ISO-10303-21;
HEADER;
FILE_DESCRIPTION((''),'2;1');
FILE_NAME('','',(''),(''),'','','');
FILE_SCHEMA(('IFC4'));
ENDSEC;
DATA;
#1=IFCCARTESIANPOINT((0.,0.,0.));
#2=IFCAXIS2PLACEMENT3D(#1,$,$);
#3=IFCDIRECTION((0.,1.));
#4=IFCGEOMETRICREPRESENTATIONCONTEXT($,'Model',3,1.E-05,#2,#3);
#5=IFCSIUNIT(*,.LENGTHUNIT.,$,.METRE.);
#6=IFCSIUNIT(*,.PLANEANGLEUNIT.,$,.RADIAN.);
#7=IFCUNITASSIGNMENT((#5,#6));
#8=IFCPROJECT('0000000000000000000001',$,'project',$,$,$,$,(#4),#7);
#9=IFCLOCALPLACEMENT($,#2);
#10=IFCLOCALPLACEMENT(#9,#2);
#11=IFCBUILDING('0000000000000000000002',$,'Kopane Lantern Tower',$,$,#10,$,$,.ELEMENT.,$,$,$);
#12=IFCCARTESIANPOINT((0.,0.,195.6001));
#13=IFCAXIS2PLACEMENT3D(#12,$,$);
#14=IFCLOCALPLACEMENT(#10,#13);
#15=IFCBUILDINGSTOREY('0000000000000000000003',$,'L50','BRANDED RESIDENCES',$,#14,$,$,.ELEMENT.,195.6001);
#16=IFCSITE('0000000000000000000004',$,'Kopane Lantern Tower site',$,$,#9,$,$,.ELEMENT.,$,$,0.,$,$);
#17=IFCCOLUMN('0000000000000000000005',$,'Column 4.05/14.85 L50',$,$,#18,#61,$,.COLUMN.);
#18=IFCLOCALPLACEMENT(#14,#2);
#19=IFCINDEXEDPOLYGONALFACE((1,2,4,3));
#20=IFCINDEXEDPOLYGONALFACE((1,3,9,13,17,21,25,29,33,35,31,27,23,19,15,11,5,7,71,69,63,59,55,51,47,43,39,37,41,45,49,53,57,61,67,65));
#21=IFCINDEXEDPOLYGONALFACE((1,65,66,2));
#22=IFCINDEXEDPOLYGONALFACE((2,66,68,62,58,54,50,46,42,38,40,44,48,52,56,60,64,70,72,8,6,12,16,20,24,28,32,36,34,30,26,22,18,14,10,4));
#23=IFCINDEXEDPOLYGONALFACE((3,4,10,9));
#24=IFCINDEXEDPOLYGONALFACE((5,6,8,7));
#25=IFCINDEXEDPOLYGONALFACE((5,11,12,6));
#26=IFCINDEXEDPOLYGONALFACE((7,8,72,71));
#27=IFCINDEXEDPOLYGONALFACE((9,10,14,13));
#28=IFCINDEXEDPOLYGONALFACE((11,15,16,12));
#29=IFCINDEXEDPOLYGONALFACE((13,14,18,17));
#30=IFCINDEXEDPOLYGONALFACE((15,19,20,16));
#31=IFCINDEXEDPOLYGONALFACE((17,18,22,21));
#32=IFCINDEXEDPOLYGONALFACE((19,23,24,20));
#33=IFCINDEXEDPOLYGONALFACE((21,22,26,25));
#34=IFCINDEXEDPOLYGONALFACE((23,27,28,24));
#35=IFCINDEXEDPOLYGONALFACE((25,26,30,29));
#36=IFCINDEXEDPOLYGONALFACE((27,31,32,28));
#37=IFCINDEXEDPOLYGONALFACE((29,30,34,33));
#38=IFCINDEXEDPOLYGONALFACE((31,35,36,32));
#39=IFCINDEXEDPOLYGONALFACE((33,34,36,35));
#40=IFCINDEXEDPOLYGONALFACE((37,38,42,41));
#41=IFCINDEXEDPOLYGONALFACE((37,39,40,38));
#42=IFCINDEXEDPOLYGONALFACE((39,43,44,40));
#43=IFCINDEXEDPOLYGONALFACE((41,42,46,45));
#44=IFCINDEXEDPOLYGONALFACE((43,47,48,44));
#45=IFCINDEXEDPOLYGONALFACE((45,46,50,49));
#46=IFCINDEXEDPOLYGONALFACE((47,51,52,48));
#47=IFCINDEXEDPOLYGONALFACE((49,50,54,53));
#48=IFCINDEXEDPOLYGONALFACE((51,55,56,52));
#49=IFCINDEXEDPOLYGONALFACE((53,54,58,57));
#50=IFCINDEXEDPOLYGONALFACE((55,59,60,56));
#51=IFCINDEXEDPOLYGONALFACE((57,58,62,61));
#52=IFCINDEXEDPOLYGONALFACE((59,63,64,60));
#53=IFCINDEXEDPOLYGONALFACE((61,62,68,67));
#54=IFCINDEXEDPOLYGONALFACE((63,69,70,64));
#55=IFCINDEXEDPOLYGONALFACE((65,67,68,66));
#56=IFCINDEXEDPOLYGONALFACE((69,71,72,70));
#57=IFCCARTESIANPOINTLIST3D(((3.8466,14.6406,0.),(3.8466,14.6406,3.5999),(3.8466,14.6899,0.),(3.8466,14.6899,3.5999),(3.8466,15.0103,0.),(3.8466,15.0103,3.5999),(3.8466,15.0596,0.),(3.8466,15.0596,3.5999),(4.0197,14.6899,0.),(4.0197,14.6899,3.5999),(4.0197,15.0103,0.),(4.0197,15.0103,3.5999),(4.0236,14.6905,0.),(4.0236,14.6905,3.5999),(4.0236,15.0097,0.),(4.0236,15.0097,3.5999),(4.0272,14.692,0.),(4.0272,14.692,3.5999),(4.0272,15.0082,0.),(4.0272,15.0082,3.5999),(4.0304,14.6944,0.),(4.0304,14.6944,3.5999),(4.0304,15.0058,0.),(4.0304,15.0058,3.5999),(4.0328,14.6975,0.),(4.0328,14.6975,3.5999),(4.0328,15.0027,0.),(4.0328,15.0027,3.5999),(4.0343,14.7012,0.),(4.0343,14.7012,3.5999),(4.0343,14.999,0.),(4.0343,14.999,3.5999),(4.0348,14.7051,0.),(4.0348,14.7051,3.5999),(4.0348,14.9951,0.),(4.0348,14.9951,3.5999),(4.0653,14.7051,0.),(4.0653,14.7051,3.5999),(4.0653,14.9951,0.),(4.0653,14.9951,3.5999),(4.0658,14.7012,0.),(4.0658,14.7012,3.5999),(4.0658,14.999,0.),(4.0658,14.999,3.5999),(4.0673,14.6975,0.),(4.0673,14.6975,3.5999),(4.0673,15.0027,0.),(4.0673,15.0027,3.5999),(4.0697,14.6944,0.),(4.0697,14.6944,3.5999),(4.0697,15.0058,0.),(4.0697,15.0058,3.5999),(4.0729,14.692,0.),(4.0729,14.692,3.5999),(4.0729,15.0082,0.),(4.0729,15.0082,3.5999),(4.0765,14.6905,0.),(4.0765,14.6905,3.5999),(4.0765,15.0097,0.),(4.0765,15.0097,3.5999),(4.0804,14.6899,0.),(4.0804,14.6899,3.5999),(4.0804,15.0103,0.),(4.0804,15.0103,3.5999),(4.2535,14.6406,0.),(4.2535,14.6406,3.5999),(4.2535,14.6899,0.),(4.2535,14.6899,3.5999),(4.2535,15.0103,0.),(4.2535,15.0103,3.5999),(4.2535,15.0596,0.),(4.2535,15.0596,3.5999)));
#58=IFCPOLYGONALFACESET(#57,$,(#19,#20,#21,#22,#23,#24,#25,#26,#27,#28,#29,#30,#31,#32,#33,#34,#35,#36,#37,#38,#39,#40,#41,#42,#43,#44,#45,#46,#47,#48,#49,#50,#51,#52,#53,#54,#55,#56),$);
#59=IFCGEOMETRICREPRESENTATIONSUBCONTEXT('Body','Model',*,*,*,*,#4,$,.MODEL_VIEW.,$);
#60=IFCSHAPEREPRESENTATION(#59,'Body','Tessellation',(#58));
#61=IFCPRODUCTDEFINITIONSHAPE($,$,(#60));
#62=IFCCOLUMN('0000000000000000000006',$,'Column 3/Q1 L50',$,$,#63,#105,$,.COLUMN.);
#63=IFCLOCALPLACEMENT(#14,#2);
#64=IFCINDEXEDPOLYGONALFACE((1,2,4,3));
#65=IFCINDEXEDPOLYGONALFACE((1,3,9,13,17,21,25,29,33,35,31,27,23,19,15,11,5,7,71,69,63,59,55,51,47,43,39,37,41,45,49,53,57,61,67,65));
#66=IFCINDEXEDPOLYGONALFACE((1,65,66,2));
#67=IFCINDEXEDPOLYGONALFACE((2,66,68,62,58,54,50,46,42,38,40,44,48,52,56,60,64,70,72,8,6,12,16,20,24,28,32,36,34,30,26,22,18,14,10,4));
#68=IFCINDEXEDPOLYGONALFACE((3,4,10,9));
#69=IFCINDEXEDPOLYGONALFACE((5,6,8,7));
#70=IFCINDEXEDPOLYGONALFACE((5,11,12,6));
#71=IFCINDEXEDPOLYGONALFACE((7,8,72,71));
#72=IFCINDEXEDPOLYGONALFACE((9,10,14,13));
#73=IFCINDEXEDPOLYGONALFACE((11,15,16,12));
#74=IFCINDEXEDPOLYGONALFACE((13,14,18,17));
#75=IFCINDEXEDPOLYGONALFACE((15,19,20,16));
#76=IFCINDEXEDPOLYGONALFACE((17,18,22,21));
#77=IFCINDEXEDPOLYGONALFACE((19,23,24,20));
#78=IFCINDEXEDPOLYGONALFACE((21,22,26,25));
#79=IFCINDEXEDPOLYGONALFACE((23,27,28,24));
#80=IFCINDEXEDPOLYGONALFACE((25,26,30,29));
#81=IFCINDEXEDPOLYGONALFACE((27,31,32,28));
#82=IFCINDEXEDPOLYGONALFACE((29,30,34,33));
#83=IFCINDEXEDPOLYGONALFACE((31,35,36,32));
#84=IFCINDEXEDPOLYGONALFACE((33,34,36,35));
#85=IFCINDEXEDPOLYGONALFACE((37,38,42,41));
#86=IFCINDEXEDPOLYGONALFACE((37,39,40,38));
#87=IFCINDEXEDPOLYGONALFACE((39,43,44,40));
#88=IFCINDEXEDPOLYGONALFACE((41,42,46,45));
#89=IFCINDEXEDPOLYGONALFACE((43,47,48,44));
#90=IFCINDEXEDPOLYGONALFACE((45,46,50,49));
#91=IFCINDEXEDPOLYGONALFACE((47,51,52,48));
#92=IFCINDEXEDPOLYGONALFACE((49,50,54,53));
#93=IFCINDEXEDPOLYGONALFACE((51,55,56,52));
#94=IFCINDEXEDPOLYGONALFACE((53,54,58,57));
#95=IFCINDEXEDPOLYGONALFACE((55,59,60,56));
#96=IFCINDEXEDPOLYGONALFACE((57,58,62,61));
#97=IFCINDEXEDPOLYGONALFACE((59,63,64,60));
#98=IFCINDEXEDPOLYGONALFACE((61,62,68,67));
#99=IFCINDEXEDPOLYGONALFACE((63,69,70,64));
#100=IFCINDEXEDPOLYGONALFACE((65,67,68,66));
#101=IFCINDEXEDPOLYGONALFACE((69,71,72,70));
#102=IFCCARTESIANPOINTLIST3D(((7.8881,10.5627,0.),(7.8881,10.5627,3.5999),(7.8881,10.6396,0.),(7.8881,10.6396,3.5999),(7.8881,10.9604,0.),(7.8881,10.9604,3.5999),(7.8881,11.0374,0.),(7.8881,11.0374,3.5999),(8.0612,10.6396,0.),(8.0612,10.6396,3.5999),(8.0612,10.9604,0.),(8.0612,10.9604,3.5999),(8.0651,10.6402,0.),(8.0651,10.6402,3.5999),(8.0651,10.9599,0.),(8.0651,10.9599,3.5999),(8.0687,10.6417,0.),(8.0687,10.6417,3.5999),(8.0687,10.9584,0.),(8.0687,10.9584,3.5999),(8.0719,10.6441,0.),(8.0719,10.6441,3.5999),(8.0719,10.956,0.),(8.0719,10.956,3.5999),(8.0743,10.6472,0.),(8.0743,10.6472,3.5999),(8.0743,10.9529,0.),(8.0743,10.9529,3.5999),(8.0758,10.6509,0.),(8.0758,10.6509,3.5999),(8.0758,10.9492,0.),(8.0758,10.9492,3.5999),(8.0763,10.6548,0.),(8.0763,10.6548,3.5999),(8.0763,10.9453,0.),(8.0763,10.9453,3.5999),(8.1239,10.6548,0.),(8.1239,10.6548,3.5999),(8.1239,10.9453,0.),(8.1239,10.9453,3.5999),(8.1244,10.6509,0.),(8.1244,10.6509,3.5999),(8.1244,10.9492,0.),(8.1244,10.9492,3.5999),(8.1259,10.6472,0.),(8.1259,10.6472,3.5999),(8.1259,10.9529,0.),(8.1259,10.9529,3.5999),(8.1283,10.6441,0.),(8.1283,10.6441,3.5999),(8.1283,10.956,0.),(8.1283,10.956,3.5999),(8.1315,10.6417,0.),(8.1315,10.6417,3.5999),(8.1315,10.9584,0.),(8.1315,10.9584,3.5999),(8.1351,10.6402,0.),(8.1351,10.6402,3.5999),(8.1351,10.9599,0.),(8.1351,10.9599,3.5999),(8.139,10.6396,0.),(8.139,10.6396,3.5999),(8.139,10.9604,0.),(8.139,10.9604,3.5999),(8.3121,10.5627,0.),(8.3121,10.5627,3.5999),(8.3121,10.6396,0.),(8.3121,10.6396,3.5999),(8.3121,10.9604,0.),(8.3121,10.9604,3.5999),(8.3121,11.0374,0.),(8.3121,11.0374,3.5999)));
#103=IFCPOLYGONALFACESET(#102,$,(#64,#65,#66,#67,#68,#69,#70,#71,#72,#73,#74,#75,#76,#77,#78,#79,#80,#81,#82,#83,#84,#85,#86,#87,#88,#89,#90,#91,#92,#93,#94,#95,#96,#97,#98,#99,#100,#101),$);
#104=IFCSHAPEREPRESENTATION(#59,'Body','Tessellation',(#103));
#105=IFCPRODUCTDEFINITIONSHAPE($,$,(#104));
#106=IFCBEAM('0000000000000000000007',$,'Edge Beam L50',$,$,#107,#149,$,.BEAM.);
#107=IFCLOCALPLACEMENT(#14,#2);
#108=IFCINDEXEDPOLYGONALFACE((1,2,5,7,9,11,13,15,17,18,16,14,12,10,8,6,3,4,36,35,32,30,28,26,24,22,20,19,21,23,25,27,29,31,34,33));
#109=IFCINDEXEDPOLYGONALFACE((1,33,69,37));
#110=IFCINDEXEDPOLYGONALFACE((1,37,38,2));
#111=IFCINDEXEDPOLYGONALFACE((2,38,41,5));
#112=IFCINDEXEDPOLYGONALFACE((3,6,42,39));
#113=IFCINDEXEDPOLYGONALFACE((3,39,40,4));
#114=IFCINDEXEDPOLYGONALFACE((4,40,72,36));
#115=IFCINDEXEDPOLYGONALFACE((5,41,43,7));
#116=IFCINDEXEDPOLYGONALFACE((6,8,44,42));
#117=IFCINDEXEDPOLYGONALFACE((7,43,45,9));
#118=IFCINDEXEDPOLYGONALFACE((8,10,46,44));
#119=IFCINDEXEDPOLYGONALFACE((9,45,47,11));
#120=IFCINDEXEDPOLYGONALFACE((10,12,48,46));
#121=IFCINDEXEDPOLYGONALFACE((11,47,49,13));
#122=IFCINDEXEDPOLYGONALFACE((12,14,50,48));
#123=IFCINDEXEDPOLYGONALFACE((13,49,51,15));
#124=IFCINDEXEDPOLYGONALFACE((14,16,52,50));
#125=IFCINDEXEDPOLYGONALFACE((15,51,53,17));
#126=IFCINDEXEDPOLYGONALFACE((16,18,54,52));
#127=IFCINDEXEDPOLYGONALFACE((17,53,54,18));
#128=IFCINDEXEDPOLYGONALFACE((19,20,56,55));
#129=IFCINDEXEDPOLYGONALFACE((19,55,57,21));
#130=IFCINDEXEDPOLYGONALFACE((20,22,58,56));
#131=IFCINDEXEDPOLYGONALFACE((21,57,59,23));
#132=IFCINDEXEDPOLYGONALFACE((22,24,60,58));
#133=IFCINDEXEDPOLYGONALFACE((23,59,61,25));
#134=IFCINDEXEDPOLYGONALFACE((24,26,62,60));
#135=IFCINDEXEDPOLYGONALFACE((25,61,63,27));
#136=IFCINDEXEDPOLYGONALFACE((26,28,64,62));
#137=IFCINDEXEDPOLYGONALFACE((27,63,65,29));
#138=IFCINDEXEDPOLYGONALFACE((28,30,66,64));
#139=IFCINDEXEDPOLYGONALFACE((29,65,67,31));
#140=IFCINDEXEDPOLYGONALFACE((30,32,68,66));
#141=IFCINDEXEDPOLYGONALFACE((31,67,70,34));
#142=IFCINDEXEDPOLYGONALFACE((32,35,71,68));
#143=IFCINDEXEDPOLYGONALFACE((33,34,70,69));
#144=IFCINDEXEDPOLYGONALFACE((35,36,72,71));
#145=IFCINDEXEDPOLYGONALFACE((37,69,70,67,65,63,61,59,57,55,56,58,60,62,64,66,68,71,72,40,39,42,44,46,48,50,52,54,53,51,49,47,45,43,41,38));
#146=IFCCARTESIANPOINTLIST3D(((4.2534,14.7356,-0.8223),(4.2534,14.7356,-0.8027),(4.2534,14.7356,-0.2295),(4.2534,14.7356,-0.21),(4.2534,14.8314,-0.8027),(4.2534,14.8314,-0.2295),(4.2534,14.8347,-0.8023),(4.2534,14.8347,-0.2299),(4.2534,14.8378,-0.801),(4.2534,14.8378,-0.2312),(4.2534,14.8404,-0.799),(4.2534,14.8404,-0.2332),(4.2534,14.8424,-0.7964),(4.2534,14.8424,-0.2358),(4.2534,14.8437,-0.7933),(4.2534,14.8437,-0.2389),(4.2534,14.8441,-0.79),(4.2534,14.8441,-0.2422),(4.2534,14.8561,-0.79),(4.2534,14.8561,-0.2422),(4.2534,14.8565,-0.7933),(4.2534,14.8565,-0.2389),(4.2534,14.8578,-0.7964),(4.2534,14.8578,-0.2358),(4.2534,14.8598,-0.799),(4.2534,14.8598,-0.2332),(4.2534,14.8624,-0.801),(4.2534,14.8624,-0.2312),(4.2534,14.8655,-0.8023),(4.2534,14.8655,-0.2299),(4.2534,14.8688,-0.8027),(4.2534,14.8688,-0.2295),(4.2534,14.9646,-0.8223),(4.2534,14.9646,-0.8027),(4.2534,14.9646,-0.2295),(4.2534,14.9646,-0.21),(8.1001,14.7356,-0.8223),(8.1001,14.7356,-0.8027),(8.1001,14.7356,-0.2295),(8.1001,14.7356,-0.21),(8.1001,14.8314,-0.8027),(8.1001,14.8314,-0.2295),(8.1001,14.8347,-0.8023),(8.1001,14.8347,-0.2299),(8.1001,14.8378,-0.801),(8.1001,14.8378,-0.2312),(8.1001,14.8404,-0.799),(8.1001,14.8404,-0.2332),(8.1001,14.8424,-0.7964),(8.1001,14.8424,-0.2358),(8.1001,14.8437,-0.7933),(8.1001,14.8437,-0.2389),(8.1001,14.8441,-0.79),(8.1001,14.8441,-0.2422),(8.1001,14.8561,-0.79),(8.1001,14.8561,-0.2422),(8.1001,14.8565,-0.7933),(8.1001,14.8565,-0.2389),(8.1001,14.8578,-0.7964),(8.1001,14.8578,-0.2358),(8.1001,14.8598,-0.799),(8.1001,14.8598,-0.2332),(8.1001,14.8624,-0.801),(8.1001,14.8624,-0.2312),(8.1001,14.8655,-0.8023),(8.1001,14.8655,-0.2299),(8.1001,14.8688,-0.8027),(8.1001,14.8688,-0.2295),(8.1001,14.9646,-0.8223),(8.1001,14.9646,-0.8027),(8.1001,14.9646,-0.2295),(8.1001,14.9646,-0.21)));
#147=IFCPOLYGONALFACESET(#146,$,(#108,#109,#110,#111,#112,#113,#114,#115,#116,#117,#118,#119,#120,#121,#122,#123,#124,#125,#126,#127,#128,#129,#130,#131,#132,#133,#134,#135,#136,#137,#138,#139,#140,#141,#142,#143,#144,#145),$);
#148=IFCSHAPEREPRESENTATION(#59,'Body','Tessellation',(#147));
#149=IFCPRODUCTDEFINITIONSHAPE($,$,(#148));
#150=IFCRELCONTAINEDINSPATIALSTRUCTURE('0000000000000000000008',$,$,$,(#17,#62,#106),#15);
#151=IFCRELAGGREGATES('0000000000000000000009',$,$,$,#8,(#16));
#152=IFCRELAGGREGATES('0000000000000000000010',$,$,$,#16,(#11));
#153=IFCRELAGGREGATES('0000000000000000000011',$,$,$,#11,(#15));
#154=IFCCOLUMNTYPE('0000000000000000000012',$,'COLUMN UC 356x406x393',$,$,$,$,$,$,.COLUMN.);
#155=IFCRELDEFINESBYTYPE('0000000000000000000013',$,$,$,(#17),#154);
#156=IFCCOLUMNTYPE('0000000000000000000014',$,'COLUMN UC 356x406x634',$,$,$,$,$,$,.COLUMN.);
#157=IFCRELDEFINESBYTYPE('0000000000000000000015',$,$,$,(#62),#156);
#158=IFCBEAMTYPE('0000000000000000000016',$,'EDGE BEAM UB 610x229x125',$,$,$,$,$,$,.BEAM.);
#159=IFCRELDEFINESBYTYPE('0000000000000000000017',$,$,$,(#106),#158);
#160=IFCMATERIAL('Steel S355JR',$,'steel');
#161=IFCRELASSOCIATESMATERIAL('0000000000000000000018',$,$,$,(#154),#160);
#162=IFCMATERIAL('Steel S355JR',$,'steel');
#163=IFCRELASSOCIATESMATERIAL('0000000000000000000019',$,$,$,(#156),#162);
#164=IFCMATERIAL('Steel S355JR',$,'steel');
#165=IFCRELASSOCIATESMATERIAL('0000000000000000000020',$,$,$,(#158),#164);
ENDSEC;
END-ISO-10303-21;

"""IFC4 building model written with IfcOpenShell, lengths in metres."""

from ifc_helpers import new_model, si_unit, direction, frame, origin, origin_2d, place, context, subcontext, project, spatial, i_section, extrude, material, material_profile, profile_set, type_object, element, save


model = new_model("IFC4")

# Units and contexts
model_context = context("Model", 3, precision=1e-05, world=origin(), true_north=direction((0.0, 1.0)))
body_context = subcontext(model_context, "Body", "Model", "MODEL_VIEW")
ifc_project = project(units=[si_unit("LENGTHUNIT", "METRE"), si_unit("PLANEANGLEUNIT", "RADIAN")], contexts=[model_context])

# Site, building, storey
site_placement = place(None, origin())
site = spatial("IfcSite", under=ifc_project, at=site_placement, Name="Kopane Lantern Tower site", CompositionType="ELEMENT", RefElevation=0.0)
building_placement = place(site_placement, origin())
building = spatial("IfcBuilding", under=site, at=building_placement, Name="Kopane Lantern Tower", CompositionType="ELEMENT")
storey_placement = place(building_placement, frame((0.0, 0.0, 195.6001)))
storey = spatial("IfcBuildingStorey", under=building, at=storey_placement, Name="L50", Description="BRANDED RESIDENCES", CompositionType="ELEMENT", Elevation=195.6001)

# Columns
ifc_material_1 = material(Name="Steel S355JR", Category="steel")
ifc_material_profile_1 = material_profile(ifc_material_1, i_section(OverallWidth=0.407, OverallDepth=0.4189, WebThickness=0.0305, FlangeThickness=0.0493, FilletRadius=0.0151, at=origin_2d()), Name="UC 356x406x393")
ifc_profile_set_1 = profile_set([ifc_material_profile_1], Name="Steel S355JR")
column_type_1 = type_object("IfcColumnType", Name="COLUMN UC 356x406x393", PredefinedType="COLUMN", material=ifc_profile_set_1)
column_1_placement = place(storey_placement, frame((4.05, 14.8501, 0.0), z_axis=(0.0, 0.0, 1.0), x_axis=(1.0, 0.0, 0.0)))
element("IfcColumn", 1, at=column_1_placement, inside=storey, type_object=column_type_1, Name="Column 4.05/14.85 L50", PredefinedType="COLUMN", context=body_context, shape_type="SweptSolid", body=[
    extrude(i_section(OverallWidth=0.407, OverallDepth=0.4189, WebThickness=0.0305, FlangeThickness=0.0493, FilletRadius=0.0151, at=origin_2d()), origin(), (0.0, 0.0, 1.0), 3.5999),
])
ifc_material_2 = material(Name="Steel S355JR", Category="steel")
ifc_material_profile_2 = material_profile(ifc_material_2, i_section(OverallWidth=0.4241, OverallDepth=0.4746, WebThickness=0.0476, FlangeThickness=0.0769, FilletRadius=0.0151, at=origin_2d()), Name="UC 356x406x634")
ifc_profile_set_2 = profile_set([ifc_material_profile_2], Name="Steel S355JR")
column_type_2 = type_object("IfcColumnType", Name="COLUMN UC 356x406x634", PredefinedType="COLUMN", material=ifc_profile_set_2)
column_2_placement = place(storey_placement, frame((8.1001, 10.8, 0.0), z_axis=(0.0, 0.0, 1.0), x_axis=(1.0, 0.0, 0.0)))
element("IfcColumn", 2, at=column_2_placement, inside=storey, type_object=column_type_2, Name="Column 3/Q1 L50", PredefinedType="COLUMN", context=body_context, shape_type="SweptSolid", body=[
    extrude(i_section(OverallWidth=0.4241, OverallDepth=0.4746, WebThickness=0.0476, FlangeThickness=0.0769, FilletRadius=0.0151, at=origin_2d()), origin(), (0.0, 0.0, 1.0), 3.5999),
])

# Beam
ifc_material_3 = material(Name="Steel S355JR", Category="steel")
ifc_material_profile_3 = material_profile(ifc_material_3, i_section(OverallWidth=0.229, OverallDepth=0.6123, WebThickness=0.012, FlangeThickness=0.0195, FilletRadius=0.0127, at=origin_2d()), Name="UB 610x229x125")
ifc_profile_set_3 = profile_set([ifc_material_profile_3], Name="Steel S355JR")
beam_type_1 = type_object("IfcBeamType", Name="EDGE BEAM UB 610x229x125", PredefinedType="BEAM", material=ifc_profile_set_3)
beam_placement = place(storey_placement, frame((4.2534, 14.8501, -0.5161), z_axis=(1.0, 0.0, 0.0), x_axis=(0.0, 1.0, 0.0)))
element("IfcBeam", 3, at=beam_placement, inside=storey, type_object=beam_type_1, Name="Edge Beam L50", PredefinedType="BEAM", context=body_context, shape_type="SweptSolid", body=[
    extrude(i_section(OverallWidth=0.229, OverallDepth=0.6123, WebThickness=0.012, FlangeThickness=0.0195, FilletRadius=0.0127, at=origin_2d()), origin(), (0.0, 0.0, 1.0), 3.8467),
])

save(model, "model.ifc")
